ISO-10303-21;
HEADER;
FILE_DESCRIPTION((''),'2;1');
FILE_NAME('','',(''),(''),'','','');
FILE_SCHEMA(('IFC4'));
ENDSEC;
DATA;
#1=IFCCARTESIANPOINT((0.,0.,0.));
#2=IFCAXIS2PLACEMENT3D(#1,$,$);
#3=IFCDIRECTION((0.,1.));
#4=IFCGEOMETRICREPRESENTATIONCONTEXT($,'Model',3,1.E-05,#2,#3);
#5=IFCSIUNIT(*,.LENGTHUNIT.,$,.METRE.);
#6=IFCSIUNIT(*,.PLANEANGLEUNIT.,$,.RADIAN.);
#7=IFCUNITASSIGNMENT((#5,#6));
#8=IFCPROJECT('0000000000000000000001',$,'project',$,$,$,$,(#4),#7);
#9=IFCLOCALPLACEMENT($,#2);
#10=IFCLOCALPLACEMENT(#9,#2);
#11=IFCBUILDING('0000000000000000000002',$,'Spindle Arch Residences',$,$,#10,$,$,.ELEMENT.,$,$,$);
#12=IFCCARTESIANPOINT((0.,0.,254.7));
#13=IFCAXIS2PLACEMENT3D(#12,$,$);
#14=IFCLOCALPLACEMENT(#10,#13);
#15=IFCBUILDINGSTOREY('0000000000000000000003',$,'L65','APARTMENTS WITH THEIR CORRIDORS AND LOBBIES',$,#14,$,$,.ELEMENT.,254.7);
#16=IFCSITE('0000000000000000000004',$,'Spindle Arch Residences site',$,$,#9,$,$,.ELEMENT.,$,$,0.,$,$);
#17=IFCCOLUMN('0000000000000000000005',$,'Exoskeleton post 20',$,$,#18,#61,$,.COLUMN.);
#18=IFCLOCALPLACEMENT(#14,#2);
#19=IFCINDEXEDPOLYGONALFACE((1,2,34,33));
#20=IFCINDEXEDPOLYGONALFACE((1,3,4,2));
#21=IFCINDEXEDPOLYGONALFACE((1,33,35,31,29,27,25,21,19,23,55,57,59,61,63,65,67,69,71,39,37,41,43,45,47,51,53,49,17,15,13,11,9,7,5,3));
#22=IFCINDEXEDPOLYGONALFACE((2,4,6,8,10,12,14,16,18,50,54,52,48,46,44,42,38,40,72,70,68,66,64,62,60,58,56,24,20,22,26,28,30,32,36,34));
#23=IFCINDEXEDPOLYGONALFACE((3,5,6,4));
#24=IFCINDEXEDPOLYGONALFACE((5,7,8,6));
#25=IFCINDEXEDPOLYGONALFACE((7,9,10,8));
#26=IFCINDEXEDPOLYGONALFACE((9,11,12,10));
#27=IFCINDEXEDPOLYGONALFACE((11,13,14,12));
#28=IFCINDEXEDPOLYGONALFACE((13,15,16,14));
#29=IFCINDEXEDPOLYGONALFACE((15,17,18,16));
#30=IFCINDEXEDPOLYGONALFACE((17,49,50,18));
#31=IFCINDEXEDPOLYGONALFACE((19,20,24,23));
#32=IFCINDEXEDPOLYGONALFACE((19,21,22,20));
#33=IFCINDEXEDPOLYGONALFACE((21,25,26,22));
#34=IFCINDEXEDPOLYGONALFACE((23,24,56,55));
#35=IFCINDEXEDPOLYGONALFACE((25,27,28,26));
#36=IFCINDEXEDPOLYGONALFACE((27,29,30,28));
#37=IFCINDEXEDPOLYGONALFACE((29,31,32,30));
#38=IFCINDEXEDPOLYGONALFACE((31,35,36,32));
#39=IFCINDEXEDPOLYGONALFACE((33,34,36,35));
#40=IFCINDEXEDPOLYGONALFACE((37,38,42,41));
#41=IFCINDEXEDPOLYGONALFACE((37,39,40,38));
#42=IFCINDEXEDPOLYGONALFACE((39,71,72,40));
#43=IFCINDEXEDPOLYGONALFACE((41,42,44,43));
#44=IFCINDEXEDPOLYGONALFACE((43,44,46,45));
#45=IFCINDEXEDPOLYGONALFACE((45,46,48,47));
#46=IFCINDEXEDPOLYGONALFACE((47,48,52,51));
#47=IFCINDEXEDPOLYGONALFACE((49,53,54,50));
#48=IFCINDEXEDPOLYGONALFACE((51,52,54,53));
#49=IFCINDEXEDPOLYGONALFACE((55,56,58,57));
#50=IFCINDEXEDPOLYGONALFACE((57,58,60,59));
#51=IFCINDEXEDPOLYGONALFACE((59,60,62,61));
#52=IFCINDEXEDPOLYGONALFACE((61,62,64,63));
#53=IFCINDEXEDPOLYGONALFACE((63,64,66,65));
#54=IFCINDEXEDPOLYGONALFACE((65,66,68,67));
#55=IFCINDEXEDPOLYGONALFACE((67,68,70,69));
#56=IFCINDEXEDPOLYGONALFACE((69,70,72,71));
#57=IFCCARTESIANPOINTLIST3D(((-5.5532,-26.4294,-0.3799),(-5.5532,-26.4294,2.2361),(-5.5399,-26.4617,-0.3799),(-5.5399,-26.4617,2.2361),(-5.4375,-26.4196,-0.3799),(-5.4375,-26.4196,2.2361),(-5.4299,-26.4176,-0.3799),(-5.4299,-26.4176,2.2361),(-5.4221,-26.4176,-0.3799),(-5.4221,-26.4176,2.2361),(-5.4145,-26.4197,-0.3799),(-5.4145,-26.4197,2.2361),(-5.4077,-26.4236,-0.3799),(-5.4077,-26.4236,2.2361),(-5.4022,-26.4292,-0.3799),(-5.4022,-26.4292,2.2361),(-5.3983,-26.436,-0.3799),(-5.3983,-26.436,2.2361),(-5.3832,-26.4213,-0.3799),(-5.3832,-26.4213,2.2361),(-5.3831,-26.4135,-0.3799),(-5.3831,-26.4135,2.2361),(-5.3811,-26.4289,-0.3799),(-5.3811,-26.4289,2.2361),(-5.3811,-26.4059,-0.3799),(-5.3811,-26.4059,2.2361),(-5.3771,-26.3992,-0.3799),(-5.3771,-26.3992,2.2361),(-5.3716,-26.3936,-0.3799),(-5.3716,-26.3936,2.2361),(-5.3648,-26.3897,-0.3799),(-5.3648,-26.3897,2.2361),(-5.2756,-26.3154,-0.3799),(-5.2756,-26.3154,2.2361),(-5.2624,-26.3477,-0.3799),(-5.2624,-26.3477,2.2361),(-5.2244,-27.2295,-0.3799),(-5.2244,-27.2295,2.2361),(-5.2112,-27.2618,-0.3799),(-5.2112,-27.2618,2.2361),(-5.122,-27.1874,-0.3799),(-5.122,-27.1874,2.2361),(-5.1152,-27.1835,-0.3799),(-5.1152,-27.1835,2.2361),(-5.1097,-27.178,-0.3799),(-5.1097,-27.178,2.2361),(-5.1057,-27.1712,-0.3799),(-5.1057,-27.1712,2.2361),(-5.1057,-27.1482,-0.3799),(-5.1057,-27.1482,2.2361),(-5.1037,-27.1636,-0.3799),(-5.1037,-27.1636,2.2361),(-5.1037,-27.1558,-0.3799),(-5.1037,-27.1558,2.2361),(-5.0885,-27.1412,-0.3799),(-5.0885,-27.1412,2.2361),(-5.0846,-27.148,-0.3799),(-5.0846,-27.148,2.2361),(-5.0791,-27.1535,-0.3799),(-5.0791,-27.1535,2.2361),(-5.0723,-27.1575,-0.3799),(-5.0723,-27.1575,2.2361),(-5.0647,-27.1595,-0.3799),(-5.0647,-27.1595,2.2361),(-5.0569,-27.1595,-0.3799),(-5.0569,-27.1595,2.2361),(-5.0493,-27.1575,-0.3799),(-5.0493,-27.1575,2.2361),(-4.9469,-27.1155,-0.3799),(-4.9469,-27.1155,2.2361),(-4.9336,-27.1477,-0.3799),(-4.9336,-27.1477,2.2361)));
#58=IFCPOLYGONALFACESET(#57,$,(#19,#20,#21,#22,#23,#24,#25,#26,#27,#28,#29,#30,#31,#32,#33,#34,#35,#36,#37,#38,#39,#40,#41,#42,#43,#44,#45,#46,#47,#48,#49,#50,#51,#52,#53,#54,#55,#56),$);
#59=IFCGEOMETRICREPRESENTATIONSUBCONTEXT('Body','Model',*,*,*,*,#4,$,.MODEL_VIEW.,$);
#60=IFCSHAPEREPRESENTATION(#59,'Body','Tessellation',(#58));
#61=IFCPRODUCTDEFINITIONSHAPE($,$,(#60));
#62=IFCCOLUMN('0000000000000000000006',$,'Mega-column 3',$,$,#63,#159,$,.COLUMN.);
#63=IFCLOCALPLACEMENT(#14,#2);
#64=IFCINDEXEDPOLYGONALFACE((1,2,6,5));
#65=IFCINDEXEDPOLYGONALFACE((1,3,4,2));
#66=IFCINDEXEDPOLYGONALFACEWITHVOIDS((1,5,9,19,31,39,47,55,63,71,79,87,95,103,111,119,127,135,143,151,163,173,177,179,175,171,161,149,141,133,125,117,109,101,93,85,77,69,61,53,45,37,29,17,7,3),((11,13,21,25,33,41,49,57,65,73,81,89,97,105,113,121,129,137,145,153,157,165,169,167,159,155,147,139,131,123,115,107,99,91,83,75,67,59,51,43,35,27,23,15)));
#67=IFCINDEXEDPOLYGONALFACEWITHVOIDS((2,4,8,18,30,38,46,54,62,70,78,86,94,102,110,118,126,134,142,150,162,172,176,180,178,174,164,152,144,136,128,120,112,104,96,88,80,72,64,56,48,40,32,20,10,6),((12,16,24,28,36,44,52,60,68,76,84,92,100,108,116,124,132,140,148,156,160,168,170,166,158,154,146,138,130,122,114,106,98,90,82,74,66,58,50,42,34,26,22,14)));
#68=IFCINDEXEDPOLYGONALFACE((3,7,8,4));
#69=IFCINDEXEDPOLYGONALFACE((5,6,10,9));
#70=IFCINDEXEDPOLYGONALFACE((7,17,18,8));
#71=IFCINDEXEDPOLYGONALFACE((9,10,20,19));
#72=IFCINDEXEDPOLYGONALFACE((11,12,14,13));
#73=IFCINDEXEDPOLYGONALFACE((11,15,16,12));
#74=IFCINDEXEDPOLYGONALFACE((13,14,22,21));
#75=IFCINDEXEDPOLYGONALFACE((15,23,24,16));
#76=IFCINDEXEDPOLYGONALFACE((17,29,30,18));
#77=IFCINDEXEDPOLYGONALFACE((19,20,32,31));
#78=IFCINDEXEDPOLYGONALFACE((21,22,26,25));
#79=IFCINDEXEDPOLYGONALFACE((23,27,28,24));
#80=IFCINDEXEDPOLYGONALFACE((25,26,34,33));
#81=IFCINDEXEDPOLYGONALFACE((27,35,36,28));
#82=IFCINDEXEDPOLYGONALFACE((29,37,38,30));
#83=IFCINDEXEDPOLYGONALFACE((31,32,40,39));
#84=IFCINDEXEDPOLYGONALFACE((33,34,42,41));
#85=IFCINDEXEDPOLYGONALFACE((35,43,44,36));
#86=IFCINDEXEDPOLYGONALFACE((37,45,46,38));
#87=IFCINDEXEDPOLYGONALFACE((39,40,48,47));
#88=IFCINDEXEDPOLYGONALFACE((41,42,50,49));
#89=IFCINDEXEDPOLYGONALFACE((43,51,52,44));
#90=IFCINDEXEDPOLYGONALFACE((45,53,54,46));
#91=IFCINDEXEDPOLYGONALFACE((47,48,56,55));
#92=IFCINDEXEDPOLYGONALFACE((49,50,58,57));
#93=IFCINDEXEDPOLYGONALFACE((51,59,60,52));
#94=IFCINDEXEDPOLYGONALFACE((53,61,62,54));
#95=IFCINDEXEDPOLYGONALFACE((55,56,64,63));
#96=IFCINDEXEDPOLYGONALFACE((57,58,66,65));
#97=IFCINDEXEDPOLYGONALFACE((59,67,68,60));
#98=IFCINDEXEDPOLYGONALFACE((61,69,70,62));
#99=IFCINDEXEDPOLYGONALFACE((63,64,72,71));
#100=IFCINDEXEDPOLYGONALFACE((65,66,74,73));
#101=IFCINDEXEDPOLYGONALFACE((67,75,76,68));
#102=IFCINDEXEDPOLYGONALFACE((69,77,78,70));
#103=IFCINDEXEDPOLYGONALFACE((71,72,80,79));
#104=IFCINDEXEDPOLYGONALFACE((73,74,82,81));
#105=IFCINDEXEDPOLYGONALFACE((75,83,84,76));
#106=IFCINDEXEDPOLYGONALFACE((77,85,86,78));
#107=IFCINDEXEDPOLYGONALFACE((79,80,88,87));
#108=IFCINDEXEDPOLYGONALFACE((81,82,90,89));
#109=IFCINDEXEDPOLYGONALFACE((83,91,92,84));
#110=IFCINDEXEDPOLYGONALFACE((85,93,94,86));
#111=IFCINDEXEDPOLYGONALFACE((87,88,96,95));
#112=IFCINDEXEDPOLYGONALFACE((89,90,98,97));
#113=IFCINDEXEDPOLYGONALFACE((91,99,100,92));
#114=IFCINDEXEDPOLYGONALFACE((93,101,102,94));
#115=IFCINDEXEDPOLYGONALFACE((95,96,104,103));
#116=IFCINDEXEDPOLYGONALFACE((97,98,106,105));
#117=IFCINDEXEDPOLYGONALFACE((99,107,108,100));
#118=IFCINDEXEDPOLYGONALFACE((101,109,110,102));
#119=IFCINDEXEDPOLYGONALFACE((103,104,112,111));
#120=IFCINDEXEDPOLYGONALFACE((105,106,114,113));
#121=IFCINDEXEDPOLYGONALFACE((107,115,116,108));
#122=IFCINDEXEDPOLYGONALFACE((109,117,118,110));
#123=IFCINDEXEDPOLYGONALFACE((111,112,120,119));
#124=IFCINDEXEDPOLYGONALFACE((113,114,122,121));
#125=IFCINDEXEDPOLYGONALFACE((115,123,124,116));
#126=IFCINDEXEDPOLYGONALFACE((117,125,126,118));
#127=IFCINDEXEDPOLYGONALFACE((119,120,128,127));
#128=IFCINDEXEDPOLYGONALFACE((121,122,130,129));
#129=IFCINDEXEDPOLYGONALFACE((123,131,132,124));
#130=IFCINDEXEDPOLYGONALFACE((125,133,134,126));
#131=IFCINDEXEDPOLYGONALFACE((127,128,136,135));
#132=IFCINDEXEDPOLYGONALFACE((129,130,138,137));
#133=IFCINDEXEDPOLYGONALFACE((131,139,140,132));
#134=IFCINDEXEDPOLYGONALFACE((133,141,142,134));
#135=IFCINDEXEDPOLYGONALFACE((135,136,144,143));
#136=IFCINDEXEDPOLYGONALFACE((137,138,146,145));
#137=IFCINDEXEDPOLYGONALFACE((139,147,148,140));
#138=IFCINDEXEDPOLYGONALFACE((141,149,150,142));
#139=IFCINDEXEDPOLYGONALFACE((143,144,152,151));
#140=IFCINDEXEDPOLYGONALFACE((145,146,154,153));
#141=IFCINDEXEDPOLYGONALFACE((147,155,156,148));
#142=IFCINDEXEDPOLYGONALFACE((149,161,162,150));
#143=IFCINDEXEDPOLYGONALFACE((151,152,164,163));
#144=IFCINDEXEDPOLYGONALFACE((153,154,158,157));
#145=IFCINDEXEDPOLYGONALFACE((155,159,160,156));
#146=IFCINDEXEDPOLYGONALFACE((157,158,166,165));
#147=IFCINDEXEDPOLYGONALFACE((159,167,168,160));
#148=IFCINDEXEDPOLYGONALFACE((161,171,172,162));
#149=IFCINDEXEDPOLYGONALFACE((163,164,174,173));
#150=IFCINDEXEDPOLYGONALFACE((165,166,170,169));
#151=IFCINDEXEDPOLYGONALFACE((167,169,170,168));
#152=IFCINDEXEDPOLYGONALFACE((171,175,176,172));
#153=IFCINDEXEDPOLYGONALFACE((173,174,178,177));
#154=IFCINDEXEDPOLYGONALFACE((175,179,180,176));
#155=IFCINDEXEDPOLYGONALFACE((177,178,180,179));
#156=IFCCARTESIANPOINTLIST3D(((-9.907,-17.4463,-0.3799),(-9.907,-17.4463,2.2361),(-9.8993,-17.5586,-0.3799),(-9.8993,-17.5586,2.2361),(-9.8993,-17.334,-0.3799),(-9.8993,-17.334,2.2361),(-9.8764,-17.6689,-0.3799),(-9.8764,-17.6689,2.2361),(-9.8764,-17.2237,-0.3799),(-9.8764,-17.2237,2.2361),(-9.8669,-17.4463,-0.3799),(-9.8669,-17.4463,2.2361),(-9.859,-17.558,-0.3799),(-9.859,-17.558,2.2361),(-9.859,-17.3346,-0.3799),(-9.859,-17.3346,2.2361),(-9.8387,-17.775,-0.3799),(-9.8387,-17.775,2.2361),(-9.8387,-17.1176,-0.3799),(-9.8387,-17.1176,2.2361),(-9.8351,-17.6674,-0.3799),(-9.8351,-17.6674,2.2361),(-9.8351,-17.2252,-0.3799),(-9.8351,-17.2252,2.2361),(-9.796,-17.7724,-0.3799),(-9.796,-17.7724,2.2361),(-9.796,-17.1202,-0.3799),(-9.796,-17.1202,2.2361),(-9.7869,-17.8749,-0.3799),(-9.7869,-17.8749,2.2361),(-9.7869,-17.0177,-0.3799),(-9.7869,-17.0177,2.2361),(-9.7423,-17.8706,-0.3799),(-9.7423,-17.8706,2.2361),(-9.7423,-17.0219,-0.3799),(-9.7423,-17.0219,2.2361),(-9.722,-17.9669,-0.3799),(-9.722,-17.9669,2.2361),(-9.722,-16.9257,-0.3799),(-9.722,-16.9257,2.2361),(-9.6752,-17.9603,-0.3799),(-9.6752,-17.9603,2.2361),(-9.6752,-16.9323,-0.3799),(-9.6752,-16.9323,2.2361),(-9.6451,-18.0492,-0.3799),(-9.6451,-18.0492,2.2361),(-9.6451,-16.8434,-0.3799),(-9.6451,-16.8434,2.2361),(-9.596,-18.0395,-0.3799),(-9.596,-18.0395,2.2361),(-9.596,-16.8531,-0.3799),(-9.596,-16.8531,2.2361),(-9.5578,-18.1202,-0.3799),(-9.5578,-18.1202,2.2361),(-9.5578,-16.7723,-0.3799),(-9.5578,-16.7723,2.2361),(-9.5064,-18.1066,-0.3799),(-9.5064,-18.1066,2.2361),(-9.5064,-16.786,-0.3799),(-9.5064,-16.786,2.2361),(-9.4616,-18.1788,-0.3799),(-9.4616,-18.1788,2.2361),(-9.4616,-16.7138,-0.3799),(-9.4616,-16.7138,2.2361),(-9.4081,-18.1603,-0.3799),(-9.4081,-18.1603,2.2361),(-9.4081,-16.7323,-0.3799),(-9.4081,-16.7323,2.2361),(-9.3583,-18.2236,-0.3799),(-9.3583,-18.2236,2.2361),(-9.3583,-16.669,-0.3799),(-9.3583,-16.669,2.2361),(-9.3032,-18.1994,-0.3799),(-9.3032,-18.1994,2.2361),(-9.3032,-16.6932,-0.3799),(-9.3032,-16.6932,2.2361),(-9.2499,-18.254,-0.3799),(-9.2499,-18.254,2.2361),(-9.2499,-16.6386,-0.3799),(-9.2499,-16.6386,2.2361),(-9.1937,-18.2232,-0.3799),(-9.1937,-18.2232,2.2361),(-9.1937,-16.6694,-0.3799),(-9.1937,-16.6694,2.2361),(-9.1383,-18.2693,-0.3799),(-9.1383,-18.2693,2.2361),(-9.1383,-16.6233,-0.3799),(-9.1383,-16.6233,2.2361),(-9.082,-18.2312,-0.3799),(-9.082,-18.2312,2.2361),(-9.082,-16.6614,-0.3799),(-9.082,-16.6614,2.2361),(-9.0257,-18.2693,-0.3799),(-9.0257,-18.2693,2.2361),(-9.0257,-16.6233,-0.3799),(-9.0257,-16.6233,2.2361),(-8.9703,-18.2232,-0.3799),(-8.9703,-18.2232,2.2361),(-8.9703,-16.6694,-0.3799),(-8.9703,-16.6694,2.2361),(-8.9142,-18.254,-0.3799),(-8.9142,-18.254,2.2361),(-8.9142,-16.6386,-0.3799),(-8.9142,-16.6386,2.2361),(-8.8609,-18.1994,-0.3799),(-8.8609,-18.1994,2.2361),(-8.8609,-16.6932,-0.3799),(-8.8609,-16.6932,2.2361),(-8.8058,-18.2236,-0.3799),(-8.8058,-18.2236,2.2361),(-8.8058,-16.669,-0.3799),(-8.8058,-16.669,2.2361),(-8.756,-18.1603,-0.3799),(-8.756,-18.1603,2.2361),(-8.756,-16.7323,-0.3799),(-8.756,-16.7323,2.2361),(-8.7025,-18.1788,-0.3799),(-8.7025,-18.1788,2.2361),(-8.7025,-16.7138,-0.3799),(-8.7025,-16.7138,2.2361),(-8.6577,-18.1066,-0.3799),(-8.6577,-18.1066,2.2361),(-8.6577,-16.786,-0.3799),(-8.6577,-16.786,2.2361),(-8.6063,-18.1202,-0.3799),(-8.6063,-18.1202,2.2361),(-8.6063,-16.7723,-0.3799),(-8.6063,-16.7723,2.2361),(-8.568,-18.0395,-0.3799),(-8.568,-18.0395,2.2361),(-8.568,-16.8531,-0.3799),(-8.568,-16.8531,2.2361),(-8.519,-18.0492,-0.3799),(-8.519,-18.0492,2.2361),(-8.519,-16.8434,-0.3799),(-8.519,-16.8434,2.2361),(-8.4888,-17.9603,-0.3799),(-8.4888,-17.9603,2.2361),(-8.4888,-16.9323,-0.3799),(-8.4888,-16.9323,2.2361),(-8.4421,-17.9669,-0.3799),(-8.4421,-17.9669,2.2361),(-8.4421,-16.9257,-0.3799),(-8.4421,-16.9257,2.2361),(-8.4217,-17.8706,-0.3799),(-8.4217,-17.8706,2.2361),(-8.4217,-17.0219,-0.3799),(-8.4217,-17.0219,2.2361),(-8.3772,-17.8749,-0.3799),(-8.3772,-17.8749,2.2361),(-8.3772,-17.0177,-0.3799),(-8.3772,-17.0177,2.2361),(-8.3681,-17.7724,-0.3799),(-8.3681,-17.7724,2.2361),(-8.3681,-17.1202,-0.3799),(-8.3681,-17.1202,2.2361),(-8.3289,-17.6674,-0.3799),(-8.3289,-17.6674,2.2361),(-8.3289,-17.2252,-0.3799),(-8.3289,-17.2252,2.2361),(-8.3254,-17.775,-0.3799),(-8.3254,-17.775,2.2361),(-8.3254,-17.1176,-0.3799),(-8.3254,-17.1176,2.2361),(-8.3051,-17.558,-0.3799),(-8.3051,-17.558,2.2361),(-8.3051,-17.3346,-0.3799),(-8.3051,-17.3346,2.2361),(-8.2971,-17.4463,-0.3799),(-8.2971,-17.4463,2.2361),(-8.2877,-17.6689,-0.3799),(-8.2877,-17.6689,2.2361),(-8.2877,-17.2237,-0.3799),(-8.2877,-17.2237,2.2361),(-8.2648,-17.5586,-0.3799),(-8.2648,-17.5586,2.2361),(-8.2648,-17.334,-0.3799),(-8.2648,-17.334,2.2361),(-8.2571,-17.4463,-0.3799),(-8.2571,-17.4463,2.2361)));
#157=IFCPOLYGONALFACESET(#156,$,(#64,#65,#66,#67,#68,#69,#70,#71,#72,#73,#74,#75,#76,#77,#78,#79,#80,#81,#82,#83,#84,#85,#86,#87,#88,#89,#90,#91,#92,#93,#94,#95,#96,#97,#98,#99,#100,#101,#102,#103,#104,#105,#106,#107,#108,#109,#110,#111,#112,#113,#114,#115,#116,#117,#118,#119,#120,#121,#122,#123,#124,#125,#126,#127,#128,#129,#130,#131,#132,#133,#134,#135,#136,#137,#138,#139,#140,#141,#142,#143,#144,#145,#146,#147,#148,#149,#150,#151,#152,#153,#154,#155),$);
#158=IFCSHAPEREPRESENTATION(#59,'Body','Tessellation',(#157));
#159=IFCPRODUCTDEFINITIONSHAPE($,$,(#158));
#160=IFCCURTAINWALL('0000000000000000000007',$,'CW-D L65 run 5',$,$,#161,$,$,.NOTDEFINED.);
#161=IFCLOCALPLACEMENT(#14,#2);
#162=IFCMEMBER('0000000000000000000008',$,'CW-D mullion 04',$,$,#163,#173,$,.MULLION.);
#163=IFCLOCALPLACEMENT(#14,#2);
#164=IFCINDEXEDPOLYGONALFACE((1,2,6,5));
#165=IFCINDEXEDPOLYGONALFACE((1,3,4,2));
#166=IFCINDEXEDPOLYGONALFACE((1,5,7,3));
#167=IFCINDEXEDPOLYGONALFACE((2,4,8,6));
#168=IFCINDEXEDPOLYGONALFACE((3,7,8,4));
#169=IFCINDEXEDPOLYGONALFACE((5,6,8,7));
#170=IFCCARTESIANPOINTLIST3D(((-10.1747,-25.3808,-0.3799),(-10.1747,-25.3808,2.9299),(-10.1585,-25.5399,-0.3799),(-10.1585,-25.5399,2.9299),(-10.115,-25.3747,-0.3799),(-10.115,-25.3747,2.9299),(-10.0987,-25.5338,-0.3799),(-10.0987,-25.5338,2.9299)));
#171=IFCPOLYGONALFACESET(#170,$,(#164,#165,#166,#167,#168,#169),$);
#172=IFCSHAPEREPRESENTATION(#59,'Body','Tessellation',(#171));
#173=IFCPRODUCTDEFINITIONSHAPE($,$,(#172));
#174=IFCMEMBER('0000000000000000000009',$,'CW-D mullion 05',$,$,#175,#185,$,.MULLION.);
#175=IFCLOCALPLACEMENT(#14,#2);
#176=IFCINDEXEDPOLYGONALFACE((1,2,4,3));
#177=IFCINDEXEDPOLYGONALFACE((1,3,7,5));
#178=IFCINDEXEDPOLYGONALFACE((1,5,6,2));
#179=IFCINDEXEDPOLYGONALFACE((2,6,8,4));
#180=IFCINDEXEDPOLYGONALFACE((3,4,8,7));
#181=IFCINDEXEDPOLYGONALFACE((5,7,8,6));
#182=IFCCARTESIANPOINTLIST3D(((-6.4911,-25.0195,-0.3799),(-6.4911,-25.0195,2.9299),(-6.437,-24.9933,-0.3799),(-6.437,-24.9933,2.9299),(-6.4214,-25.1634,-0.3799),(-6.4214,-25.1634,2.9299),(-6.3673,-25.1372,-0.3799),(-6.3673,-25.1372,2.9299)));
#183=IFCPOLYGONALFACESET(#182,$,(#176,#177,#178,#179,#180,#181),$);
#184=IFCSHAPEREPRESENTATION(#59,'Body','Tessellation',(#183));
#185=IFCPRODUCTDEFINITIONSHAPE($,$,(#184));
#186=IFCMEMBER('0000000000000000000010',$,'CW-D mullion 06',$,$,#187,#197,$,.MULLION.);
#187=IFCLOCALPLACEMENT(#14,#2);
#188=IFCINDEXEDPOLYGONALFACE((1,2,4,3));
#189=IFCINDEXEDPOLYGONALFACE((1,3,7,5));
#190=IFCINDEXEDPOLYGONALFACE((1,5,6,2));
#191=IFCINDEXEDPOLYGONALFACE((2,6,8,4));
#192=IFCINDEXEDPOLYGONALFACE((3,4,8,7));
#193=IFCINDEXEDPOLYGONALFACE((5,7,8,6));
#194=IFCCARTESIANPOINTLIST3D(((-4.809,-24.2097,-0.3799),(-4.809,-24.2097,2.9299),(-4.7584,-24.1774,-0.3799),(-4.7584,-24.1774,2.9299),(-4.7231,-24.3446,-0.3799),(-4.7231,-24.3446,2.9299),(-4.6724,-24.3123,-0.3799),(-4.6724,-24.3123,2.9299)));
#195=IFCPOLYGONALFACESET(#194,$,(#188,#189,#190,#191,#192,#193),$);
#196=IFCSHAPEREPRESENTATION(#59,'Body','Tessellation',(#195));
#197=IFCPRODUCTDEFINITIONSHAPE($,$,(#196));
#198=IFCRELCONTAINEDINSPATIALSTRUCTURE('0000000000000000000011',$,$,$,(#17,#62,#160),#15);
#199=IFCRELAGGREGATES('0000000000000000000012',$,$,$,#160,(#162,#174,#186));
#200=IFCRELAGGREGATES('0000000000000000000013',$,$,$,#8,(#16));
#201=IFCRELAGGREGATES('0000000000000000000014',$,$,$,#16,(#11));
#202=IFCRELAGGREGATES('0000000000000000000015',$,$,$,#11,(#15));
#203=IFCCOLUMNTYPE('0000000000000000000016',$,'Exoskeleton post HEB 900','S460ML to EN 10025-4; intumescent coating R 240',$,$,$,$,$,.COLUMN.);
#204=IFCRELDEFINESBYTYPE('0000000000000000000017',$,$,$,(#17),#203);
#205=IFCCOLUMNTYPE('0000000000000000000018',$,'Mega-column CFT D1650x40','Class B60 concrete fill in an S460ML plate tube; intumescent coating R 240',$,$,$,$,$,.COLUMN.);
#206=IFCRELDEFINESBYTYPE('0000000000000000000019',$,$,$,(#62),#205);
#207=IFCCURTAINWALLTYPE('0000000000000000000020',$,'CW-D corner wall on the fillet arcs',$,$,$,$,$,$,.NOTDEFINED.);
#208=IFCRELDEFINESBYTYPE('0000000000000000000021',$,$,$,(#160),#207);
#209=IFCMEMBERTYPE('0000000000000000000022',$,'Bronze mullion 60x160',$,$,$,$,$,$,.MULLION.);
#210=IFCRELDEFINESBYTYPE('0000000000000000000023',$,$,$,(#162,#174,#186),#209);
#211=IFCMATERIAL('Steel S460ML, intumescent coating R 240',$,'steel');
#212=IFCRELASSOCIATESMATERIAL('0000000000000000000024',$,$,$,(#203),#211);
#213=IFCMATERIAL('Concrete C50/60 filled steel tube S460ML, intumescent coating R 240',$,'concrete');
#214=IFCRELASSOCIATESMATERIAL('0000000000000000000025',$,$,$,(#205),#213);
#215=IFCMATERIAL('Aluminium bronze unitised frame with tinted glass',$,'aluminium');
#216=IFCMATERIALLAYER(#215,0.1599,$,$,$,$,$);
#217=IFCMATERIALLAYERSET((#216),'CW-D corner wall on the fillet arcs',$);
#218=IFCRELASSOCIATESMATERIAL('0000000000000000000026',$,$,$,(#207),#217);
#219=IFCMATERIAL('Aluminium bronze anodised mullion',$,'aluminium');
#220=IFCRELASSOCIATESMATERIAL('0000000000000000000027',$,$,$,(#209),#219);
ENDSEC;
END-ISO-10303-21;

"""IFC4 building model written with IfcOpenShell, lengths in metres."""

from ifc_helpers import new_model, si_unit, direction, frame, origin, origin_2d, place, context, subcontext, project, spatial, rectangle, hollow_circle, i_section, extrude, material, layer, layer_set, material_profile, profile_set, type_object, element, aggregate, save


model = new_model("IFC4")

# Units and contexts
model_context = context("Model", 3, precision=1e-05, world=origin(), true_north=direction((0.0, 1.0)))
body_context = subcontext(model_context, "Body", "Model", "MODEL_VIEW")
ifc_project = project(units=[si_unit("LENGTHUNIT", "METRE"), si_unit("PLANEANGLEUNIT", "RADIAN")], contexts=[model_context])

# Site, building, storey
site_placement = place(None, origin())
site = spatial("IfcSite", under=ifc_project, at=site_placement, Name="Spindle Arch Residences site", CompositionType="ELEMENT", RefElevation=0.0)
building_placement = place(site_placement, origin())
building = spatial("IfcBuilding", under=site, at=building_placement, Name="Spindle Arch Residences", CompositionType="ELEMENT")
storey_placement = place(building_placement, frame((0.0, 0.0, 254.7)))
storey = spatial("IfcBuildingStorey", under=building, at=storey_placement, Name="L65", Description="APARTMENTS WITH THEIR CORRIDORS AND LOBBIES", CompositionType="ELEMENT", Elevation=254.7)

# Columns
ifc_material_1 = material(Name="Steel S460ML, intumescent coating R 240", Category="steel")
ifc_material_profile_1 = material_profile(ifc_material_1, i_section(OverallWidth=0.3, OverallDepth=0.8999, WebThickness=0.0186, FlangeThickness=0.0349, FilletRadius=0.03, at=origin_2d()), Name="HEB 900")
ifc_profile_set_1 = profile_set([ifc_material_profile_1], Name="Steel S460ML, intumescent coating R 240")
column_type_1 = type_object("IfcColumnType", Name="Exoskeleton post HEB 900", Description="S460ML to EN 10025-4; intumescent coating R 240", PredefinedType="COLUMN", material=ifc_profile_set_1)
column_1_placement = place(storey_placement, frame((-5.2434, -26.7886, -0.3799), z_axis=(0.0, 0.0, 1.0), x_axis=(-0.924968, -0.380046, 0.0)))
element("IfcColumn", 1, at=column_1_placement, inside=storey, type_object=column_type_1, Name="Exoskeleton post 20", PredefinedType="COLUMN", context=body_context, shape_type="SweptSolid", body=[
    extrude(i_section(OverallWidth=0.3, OverallDepth=0.8999, WebThickness=0.0186, FlangeThickness=0.0349, FilletRadius=0.03, at=origin_2d()), origin(), (0.0, 0.0, 1.0), 2.616),
])
ifc_material_2 = material(Name="Concrete C50/60 filled steel tube S460ML, intumescent coating R 240", Category="concrete")
ifc_material_profile_2 = material_profile(ifc_material_2, hollow_circle(Radius=0.825, WallThickness=0.04, at=origin_2d()), Name="CFT D1650x40")
ifc_profile_set_2 = profile_set([ifc_material_profile_2], Name="Concrete C50/60 filled steel tube S460ML, intumescent coating R 240")
column_type_2 = type_object("IfcColumnType", Name="Mega-column CFT D1650x40", Description="Class B60 concrete fill in an S460ML plate tube; intumescent coating R 240", PredefinedType="COLUMN", material=ifc_profile_set_2)
column_2_placement = place(storey_placement, frame((-9.082, -17.4463, -0.3799), z_axis=(0.0, 0.0, 1.0), x_axis=(1.0, 0.0, 0.0)))
element("IfcColumn", 2, at=column_2_placement, inside=storey, type_object=column_type_2, Name="Mega-column 3", PredefinedType="COLUMN", context=body_context, shape_type="SweptSolid", body=[
    extrude(hollow_circle(Radius=0.825, WallThickness=0.04, at=origin_2d()), origin(), (0.0, 0.0, 1.0), 2.616),
])

# Curtain wall, members
ifc_material_3 = material(Name="Aluminium bronze unitised frame with tinted glass", Category="aluminium")
ifc_layer_1 = layer(ifc_material_3, 0.1599)
ifc_layer_set_1 = layer_set([ifc_layer_1], Name="CW-D corner wall on the fillet arcs")
curtain_wall_type = type_object("IfcCurtainWallType", Name="CW-D corner wall on the fillet arcs", PredefinedType="NOTDEFINED", material=ifc_layer_set_1)
curtain_wall_placement = place(storey_placement, origin())
curtain_wall = element("IfcCurtainWall", 3, at=curtain_wall_placement, inside=storey, type_object=curtain_wall_type, Name="CW-D L65 run 5", PredefinedType="NOTDEFINED")
ifc_material_4 = material(Name="Aluminium bronze anodised mullion", Category="aluminium")
ifc_material_profile_3 = material_profile(ifc_material_4, rectangle(XDim=0.1599, YDim=0.0601, at=origin_2d()), Name="MU 60x160")
ifc_profile_set_3 = profile_set([ifc_material_profile_3], Name="Aluminium bronze anodised mullion")
member_type_1 = type_object("IfcMemberType", Name="Bronze mullion 60x160", PredefinedType="MULLION", material=ifc_profile_set_3)
member_1_placement = place(storey_placement, frame((-10.1367, -25.4573, -0.3799), z_axis=(0.0, 0.0, 1.0), x_axis=(-0.101635, 0.994822, 0.0)))
member_1 = element("IfcMember", 4, at=member_1_placement, type_object=member_type_1, Name="CW-D mullion 04", PredefinedType="MULLION", context=body_context, shape_type="SweptSolid", body=[
    extrude(rectangle(XDim=0.1599, YDim=0.0601, at=origin_2d()), origin(), (0.0, 0.0, 1.0), 3.3098),
])
member_2_placement = place(storey_placement, frame((-6.4292, -25.0784, -0.3799), z_axis=(0.0, 0.0, 1.0), x_axis=(-0.435755, 0.900065, 0.0)))
member_2 = element("IfcMember", 5, at=member_2_placement, type_object=member_type_1, Name="CW-D mullion 05", PredefinedType="MULLION", context=body_context, shape_type="SweptSolid", body=[
    extrude(rectangle(XDim=0.1599, YDim=0.0601, at=origin_2d()), origin(), (0.0, 0.0, 1.0), 3.3098),
])
member_3_placement = place(storey_placement, frame((-4.7407, -24.261, -0.3799), z_axis=(0.0, 0.0, 1.0), x_axis=(-0.5373, 0.843391, 0.0)))
member_3 = element("IfcMember", 6, at=member_3_placement, type_object=member_type_1, Name="CW-D mullion 06", PredefinedType="MULLION", context=body_context, shape_type="SweptSolid", body=[
    extrude(rectangle(XDim=0.1599, YDim=0.0601, at=origin_2d()), origin(), (0.0, 0.0, 1.0), 3.3098),
])

aggregate(curtain_wall, [member_1, member_2, member_3])

save(model, "model.ifc")
